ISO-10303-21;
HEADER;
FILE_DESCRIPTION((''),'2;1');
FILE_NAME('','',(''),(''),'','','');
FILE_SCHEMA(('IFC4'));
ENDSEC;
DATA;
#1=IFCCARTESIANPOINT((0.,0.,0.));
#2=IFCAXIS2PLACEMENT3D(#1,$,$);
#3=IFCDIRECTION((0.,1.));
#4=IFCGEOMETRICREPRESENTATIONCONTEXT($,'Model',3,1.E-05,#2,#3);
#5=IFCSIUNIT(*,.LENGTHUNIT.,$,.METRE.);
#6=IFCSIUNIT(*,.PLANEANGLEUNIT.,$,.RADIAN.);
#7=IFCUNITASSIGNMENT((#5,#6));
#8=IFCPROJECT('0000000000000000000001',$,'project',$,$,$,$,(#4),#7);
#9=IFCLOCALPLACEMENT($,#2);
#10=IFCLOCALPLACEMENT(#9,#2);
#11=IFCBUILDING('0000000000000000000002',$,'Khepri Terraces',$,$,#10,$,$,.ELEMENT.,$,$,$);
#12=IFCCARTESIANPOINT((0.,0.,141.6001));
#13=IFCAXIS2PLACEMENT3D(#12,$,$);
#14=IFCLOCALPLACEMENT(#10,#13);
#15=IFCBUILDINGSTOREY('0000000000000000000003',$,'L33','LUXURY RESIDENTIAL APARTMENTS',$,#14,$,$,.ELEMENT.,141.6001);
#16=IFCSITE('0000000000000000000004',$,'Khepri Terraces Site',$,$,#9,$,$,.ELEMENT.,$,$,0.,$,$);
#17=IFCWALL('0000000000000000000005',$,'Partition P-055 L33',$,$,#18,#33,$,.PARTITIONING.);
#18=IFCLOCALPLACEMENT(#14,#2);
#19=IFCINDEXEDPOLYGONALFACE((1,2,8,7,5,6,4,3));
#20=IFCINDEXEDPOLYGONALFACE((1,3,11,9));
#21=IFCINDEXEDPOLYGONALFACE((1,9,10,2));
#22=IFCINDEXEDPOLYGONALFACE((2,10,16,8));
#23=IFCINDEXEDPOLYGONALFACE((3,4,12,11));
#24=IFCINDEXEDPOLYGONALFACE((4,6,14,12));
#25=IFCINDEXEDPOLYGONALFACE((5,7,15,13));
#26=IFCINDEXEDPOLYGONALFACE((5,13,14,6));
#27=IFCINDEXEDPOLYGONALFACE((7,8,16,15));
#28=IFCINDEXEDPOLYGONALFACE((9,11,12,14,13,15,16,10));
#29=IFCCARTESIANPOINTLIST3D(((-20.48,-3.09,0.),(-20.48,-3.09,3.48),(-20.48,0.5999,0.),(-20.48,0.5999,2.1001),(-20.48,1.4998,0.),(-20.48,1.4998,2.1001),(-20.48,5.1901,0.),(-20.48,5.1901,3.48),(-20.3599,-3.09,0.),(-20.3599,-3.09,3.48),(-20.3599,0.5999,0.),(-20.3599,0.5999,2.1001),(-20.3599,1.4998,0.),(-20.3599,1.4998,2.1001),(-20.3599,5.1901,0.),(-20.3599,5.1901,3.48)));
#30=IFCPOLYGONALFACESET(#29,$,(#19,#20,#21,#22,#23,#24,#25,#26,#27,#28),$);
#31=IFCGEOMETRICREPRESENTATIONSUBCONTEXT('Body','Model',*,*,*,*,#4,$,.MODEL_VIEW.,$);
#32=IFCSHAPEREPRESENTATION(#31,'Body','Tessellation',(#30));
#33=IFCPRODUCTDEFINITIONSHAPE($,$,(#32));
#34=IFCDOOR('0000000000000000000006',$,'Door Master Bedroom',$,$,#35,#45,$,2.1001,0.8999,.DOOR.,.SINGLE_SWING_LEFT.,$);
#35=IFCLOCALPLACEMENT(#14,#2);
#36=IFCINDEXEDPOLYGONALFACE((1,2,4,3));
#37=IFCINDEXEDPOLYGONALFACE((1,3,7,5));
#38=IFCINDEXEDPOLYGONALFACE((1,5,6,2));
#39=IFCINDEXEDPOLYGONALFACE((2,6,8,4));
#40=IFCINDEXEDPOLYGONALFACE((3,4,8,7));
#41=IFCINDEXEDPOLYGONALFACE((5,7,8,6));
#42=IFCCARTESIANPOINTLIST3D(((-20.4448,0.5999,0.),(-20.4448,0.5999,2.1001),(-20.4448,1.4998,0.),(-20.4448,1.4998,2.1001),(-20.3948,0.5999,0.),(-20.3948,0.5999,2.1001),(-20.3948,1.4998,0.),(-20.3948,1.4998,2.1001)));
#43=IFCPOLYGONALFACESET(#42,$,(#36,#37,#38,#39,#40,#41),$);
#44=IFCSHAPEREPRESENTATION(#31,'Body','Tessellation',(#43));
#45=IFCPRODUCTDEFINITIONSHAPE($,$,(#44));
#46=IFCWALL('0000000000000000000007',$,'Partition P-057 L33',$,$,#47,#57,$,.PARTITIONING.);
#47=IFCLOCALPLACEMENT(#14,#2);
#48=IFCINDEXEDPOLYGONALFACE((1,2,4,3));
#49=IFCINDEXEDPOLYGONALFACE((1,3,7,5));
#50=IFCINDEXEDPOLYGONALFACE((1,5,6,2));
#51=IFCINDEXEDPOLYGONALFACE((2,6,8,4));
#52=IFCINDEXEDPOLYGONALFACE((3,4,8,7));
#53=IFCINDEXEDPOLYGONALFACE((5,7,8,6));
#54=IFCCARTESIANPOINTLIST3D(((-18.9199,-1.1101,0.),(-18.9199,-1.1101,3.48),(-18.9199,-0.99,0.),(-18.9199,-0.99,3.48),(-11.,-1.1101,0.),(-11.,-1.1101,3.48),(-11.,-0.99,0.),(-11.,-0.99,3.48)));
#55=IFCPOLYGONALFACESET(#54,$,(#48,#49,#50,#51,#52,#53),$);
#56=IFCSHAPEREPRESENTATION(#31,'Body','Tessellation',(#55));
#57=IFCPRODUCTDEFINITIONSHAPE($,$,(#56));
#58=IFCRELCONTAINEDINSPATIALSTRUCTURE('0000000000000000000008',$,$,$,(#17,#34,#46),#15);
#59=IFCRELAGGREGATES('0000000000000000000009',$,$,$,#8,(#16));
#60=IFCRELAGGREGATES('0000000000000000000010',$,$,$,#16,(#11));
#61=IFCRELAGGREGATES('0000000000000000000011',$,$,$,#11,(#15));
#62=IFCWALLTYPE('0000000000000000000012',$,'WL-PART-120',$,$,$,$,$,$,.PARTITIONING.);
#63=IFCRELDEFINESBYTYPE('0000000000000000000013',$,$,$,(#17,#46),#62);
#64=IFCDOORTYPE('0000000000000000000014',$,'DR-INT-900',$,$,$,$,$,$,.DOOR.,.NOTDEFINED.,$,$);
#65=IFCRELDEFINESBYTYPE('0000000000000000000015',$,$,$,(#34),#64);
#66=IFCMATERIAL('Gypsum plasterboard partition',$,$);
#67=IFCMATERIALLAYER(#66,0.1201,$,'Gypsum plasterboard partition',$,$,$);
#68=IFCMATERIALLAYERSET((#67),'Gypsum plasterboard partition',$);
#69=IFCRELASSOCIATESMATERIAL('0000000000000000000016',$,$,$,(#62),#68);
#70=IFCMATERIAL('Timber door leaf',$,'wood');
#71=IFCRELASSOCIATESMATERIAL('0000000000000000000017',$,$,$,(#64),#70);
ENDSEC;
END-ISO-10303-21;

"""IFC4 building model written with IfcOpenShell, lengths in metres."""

from ifc_helpers import new_model, si_unit, direction, frame, frame_2d, origin, place, context, subcontext, project, spatial, rectangle, extrude, material, layer, layer_set, type_object, element, fill, save


model = new_model("IFC4")

# Units and contexts
model_context = context("Model", 3, precision=1e-05, world=origin(), true_north=direction((0.0, 1.0)))
body_context = subcontext(model_context, "Body", "Model", "MODEL_VIEW")
ifc_project = project(units=[si_unit("LENGTHUNIT", "METRE"), si_unit("PLANEANGLEUNIT", "RADIAN")], contexts=[model_context])

# Site, building, storey
site_placement = place(None, origin())
site = spatial("IfcSite", under=ifc_project, at=site_placement, Name="Khepri Terraces Site", CompositionType="ELEMENT", RefElevation=0.0)
building_placement = place(site_placement, origin())
building = spatial("IfcBuilding", under=site, at=building_placement, Name="Khepri Terraces", CompositionType="ELEMENT")
storey_placement = place(building_placement, frame((0.0, 0.0, 141.6001)))
storey = spatial("IfcBuildingStorey", under=building, at=storey_placement, Name="L33", Description="LUXURY RESIDENTIAL APARTMENTS", CompositionType="ELEMENT", Elevation=141.6001)

# Shared definitions
ifc_material_1 = material(Name="Gypsum plasterboard partition")
ifc_layer_1 = layer(ifc_material_1, 0.1201, Name="Gypsum plasterboard partition")
ifc_layer_set_1 = layer_set([ifc_layer_1], Name="Gypsum plasterboard partition")
wall_type_1 = type_object("IfcWallType", Name="WL-PART-120", PredefinedType="PARTITIONING", material=ifc_layer_set_1)

# Wall, opening, door
ifc_material_2 = material(Name="Timber door leaf", Category="wood")
door_type_1 = type_object("IfcDoorType", Name="DR-INT-900", OperationType="NOTDEFINED", PredefinedType="DOOR", material=ifc_material_2)
wall_1_placement = place(storey_placement, frame((-20.4199, -3.0901, 0.0), z_axis=(0.0, 0.0, 1.0), x_axis=(0.0, 1.0, 0.0)))
wall_1 = element("IfcWall", 1, at=wall_1_placement, inside=storey, type_object=wall_type_1, Name="Partition P-055 L33", PredefinedType="PARTITIONING", context=body_context, shape_type="SweptSolid", body=[
    extrude(rectangle(XDim=8.28, YDim=0.1201, at=frame_2d((4.1401, 0.0))), origin(), (0.0, 0.0, 1.0), 3.48),
])
opening_1_placement = place(wall_1_placement, frame((3.6899, 0.0, 0.0)))
opening_1 = element("IfcOpeningElement", 2, at=opening_1_placement, cuts=wall_1, PredefinedType="OPENING", context=body_context, shape_type="SweptSolid", body=[
    extrude(rectangle(XDim=0.8999, YDim=2.1001, at=frame_2d((0.45, 1.05))), frame((0.0, 0.0701, 0.0), z_axis=(0.0, -1.0, 0.0), x_axis=(1.0, 0.0, 0.0)), (0.0, 0.0, 1.0), 0.1401),
])
door_1_placement = place(opening_1_placement, origin())
door_1 = element("IfcDoor", 3, at=door_1_placement, inside=storey, type_object=door_type_1, Name="Door Master Bedroom", OperationType="SINGLE_SWING_LEFT", OverallHeight=2.1001, OverallWidth=0.8999, PredefinedType="DOOR", context=body_context, shape_type="SweptSolid", body=[
    extrude(rectangle(XDim=0.8999, YDim=2.1001, at=frame_2d((0.45, 1.05))), frame((0.0, 0.0249, 0.0), z_axis=(0.0, -1.0, 0.0), x_axis=(1.0, 0.0, 0.0)), (0.0, 0.0, 1.0), 0.05),
])
fill(opening_1, door_1)

# Wall
wall_2_placement = place(storey_placement, frame((-18.9199, -1.05, 0.0), z_axis=(0.0, 0.0, 1.0), x_axis=(1.0, 0.0, 0.0)))
element("IfcWall", 4, at=wall_2_placement, inside=storey, type_object=wall_type_1, Name="Partition P-057 L33", PredefinedType="PARTITIONING", context=body_context, shape_type="SweptSolid", body=[
    extrude(rectangle(XDim=7.9199, YDim=0.1201, at=frame_2d((3.96, 0.0))), origin(), (0.0, 0.0, 1.0), 3.48),
])

save(model, "model.ifc")
